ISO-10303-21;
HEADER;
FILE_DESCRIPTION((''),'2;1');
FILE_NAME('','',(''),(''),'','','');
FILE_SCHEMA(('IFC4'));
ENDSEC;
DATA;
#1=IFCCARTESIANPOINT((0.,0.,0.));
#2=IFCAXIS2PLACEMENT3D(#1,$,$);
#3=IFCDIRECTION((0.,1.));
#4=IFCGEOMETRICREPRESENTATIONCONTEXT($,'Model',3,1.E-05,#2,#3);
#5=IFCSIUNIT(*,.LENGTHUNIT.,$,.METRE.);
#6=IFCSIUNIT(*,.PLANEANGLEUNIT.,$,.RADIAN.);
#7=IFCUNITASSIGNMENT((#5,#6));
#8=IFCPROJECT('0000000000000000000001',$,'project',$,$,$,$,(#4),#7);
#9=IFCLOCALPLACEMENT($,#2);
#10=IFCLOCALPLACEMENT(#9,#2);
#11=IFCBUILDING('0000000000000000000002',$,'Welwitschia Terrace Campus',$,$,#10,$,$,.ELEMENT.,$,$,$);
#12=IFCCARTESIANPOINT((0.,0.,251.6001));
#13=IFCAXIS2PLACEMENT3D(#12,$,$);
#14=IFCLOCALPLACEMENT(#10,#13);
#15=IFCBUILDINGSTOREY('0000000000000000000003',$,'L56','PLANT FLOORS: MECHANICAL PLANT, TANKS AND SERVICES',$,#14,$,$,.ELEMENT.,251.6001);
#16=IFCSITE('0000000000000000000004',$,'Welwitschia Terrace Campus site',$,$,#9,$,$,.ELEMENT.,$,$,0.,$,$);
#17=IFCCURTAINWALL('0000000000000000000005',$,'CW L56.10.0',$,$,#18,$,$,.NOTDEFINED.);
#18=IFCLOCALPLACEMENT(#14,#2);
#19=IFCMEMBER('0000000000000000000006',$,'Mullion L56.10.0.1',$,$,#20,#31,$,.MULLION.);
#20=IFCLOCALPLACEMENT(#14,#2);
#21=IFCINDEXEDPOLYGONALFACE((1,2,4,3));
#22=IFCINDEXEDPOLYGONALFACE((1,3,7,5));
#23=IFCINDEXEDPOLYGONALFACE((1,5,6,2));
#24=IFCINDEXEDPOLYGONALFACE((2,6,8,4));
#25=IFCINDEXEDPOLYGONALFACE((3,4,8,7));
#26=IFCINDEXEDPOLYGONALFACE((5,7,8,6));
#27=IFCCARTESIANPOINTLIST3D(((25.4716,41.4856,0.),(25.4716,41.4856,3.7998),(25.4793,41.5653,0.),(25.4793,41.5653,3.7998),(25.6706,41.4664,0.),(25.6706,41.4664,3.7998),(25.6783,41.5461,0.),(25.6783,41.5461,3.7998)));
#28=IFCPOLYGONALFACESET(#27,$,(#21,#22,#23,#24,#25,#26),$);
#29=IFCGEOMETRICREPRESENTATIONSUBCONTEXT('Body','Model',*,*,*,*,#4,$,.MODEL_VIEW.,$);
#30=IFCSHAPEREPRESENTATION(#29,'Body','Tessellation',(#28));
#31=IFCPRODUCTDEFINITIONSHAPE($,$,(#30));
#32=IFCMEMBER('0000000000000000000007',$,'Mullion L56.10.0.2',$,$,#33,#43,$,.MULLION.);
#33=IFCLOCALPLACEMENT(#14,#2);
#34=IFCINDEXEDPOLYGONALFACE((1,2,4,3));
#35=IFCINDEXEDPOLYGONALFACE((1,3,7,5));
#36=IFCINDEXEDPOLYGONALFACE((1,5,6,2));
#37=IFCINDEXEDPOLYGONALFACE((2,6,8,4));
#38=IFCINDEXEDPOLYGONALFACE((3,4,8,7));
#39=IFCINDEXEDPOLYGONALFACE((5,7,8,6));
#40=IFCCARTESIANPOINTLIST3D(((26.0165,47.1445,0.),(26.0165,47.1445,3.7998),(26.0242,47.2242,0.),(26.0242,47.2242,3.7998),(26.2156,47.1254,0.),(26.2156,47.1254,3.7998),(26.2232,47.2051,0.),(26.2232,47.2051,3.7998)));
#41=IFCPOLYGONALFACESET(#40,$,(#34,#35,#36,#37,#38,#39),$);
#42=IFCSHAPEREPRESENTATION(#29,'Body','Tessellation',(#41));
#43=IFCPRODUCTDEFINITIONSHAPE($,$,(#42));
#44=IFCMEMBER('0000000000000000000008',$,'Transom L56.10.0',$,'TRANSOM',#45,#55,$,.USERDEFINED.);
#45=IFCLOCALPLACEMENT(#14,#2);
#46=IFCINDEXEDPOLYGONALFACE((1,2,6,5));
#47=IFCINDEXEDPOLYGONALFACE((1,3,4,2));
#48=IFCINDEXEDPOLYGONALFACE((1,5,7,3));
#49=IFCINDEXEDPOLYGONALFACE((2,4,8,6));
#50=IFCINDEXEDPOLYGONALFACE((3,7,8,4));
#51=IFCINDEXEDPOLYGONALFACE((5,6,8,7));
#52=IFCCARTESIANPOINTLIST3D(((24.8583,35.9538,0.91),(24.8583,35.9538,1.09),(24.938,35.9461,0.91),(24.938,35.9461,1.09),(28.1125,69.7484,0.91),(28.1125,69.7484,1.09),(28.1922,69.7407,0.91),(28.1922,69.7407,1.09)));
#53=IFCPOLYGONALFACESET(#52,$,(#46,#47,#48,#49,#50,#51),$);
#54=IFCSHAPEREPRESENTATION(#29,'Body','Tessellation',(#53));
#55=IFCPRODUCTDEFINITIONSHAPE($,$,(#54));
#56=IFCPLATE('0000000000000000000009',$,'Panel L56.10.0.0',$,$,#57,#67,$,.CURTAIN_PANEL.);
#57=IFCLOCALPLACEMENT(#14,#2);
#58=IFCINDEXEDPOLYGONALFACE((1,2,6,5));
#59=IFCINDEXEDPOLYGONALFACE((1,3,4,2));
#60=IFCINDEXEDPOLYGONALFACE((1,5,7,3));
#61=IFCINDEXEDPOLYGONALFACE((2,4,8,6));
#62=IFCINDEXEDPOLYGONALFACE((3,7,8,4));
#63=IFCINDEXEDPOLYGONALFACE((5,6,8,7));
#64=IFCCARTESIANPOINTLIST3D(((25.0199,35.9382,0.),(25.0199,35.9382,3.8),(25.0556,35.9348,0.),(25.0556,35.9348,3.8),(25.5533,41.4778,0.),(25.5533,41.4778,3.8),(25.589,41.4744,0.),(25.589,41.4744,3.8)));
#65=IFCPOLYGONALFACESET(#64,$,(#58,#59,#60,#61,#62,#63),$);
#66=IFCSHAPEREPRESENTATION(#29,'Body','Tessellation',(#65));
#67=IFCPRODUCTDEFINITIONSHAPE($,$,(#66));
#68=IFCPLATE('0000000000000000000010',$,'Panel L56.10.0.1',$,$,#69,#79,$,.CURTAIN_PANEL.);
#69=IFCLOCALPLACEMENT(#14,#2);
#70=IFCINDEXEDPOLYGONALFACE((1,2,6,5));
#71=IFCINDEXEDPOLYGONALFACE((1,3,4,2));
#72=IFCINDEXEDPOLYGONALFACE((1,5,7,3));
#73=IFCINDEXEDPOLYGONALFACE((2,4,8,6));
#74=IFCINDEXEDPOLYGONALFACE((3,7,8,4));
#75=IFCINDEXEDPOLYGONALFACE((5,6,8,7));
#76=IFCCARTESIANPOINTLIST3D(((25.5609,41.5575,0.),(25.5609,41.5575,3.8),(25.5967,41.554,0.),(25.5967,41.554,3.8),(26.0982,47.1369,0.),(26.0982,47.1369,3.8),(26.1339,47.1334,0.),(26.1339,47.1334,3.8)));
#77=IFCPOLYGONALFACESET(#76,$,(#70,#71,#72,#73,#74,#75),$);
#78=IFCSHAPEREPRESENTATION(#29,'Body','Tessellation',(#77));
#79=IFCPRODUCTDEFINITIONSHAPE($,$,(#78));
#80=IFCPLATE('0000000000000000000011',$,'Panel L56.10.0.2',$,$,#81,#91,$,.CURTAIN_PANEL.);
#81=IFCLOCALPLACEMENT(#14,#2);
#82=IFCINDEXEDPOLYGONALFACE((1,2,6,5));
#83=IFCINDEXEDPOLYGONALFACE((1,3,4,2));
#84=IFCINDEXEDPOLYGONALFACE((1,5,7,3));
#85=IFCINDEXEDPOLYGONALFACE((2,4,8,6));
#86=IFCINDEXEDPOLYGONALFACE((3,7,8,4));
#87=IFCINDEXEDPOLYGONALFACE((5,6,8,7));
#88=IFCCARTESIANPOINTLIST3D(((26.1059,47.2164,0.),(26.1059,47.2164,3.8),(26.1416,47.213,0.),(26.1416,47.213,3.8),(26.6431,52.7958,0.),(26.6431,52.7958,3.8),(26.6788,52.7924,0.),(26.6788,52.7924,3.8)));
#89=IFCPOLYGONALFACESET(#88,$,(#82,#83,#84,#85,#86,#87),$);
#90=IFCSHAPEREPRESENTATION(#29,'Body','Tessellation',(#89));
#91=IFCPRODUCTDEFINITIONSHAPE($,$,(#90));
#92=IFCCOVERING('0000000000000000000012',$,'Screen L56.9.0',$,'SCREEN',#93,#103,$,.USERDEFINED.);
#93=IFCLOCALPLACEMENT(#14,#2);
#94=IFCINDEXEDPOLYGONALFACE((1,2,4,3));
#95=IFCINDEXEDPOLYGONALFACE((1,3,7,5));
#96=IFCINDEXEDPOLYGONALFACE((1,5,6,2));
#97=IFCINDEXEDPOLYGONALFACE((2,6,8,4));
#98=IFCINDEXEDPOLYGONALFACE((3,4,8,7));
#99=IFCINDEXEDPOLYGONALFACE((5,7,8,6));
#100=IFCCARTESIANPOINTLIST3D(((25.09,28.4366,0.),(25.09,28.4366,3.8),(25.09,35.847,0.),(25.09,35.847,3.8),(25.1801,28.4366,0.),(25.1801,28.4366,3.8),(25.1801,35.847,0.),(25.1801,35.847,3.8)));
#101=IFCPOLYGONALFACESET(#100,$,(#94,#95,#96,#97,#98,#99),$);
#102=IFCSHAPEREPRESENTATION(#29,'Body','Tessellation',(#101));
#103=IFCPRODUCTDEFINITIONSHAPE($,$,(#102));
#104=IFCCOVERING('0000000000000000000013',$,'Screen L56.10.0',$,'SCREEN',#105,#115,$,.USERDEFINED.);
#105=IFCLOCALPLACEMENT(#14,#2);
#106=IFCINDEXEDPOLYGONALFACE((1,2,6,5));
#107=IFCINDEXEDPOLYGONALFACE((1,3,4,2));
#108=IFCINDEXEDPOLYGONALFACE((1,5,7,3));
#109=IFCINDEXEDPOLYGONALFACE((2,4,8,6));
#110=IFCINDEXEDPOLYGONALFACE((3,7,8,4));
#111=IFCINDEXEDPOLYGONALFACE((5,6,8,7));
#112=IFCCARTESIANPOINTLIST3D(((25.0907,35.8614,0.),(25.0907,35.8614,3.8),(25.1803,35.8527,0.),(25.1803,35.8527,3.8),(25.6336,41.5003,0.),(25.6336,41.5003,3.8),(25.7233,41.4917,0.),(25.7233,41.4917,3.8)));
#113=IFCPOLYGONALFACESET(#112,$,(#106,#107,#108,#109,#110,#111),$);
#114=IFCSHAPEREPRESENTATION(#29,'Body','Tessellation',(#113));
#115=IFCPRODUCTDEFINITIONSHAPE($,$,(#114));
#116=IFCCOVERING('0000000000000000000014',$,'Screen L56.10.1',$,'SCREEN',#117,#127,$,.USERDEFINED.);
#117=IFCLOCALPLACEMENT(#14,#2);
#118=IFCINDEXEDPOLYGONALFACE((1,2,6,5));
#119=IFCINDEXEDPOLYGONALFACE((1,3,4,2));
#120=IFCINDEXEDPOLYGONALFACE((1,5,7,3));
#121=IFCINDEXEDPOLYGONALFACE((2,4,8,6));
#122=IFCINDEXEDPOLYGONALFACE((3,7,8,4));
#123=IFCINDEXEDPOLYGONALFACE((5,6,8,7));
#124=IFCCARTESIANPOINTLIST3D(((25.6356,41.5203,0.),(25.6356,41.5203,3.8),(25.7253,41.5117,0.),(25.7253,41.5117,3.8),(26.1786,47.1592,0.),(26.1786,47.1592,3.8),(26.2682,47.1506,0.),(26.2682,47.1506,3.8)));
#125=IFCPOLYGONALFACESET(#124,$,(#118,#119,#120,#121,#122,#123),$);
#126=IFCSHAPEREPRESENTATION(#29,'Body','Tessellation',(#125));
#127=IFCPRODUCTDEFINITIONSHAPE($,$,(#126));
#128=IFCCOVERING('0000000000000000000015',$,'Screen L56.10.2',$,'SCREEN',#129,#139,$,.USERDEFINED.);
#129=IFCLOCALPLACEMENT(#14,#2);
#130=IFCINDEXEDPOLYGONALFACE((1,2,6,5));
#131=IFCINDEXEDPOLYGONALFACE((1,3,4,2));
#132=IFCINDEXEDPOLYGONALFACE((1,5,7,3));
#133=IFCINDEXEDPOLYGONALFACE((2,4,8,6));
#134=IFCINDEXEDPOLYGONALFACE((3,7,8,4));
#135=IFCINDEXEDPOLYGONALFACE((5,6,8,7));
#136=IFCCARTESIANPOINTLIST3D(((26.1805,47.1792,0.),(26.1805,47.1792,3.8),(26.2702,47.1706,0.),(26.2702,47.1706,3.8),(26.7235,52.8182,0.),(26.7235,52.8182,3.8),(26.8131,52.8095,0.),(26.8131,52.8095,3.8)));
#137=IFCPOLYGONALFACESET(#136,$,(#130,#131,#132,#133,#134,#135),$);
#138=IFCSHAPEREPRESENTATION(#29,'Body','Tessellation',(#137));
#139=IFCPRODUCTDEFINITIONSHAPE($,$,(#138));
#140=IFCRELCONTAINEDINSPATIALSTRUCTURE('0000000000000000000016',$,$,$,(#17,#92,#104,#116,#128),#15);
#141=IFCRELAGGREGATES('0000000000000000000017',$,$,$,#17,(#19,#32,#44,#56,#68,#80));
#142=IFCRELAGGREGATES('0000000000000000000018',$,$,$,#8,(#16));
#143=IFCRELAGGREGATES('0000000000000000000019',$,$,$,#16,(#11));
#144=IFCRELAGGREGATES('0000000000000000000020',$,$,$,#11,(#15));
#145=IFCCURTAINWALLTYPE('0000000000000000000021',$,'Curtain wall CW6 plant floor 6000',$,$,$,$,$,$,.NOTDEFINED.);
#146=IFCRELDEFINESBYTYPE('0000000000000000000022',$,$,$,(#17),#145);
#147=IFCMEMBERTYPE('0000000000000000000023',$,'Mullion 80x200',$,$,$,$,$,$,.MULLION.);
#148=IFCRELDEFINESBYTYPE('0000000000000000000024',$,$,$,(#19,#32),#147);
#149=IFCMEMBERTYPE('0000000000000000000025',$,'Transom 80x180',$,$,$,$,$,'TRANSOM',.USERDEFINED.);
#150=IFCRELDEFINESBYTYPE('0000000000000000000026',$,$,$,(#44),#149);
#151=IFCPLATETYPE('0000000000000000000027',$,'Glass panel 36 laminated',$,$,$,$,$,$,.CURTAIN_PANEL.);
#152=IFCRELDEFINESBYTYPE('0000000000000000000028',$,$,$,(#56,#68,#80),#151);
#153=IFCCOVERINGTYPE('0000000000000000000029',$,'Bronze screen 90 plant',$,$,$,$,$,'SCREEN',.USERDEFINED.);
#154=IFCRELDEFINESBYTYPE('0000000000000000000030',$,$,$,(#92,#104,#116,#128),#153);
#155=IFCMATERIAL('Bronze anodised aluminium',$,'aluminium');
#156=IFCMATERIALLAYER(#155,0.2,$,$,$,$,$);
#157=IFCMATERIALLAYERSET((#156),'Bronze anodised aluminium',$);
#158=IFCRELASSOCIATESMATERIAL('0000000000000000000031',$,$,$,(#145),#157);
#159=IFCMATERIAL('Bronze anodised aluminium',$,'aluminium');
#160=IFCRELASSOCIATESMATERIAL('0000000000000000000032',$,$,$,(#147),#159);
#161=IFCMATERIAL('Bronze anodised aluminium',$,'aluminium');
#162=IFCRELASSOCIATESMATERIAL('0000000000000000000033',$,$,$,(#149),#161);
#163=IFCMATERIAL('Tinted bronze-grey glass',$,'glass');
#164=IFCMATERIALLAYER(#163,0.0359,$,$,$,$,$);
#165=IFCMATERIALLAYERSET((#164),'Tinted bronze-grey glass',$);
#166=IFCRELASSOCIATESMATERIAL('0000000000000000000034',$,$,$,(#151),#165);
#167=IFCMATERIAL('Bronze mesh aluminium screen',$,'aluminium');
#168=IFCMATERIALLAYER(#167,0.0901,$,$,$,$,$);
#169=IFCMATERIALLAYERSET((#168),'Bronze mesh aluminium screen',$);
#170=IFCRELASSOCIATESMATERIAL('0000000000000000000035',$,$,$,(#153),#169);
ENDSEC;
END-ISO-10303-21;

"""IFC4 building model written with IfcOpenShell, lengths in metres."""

from ifc_helpers import new_model, si_unit, direction, frame, origin, origin_2d, place, context, subcontext, project, spatial, rectangle, extrude, material, layer, layer_set, material_profile, profile_set, type_object, element, aggregate, save


model = new_model("IFC4")

# Units and contexts
model_context = context("Model", 3, precision=1e-05, world=origin(), true_north=direction((0.0, 1.0)))
body_context = subcontext(model_context, "Body", "Model", "MODEL_VIEW")
ifc_project = project(units=[si_unit("LENGTHUNIT", "METRE"), si_unit("PLANEANGLEUNIT", "RADIAN")], contexts=[model_context])

# Site, building, storey
site_placement = place(None, origin())
site = spatial("IfcSite", under=ifc_project, at=site_placement, Name="Welwitschia Terrace Campus site", CompositionType="ELEMENT", RefElevation=0.0)
building_placement = place(site_placement, origin())
building = spatial("IfcBuilding", under=site, at=building_placement, Name="Welwitschia Terrace Campus", CompositionType="ELEMENT")
storey_placement = place(building_placement, frame((0.0, 0.0, 251.6001)))
storey = spatial("IfcBuildingStorey", under=building, at=storey_placement, Name="L56", Description="PLANT FLOORS: MECHANICAL PLANT, TANKS AND SERVICES", CompositionType="ELEMENT", Elevation=251.6001)

# Shared definitions
ifc_material_1 = material(Name="Bronze anodised aluminium", Category="aluminium")
ifc_layer_1 = layer(ifc_material_1, 0.2)
ifc_layer_set_1 = layer_set([ifc_layer_1], Name="Bronze anodised aluminium")
curtain_wall_type = type_object("IfcCurtainWallType", Name="Curtain wall CW6 plant floor 6000", PredefinedType="NOTDEFINED", material=ifc_layer_set_1)
ifc_material_2 = material(Name="Bronze anodised aluminium", Category="aluminium")
ifc_material_profile_1 = material_profile(ifc_material_2, rectangle(XDim=0.2, YDim=0.0801, at=origin_2d()))
ifc_profile_set_1 = profile_set([ifc_material_profile_1], Name="Bronze anodised aluminium")
member_type_1 = type_object("IfcMemberType", Name="Mullion 80x200", PredefinedType="MULLION", material=ifc_profile_set_1)

# Curtain wall, members, plates
curtain_wall_1_placement = place(storey_placement, origin())
curtain_wall_1 = element("IfcCurtainWall", 1, at=curtain_wall_1_placement, inside=storey, type_object=curtain_wall_type, Name="CW L56.10.0", PredefinedType="NOTDEFINED")
member_1_placement = place(storey_placement, frame((25.575, 41.5159, 0.0), z_axis=(0.0, 0.0, 1.0), x_axis=(-0.995396, 0.095846, 0.0)))
member_1 = element("IfcMember", 2, at=member_1_placement, type_object=member_type_1, Name="Mullion L56.10.0.1", PredefinedType="MULLION", context=body_context, shape_type="SweptSolid", body=[
    extrude(rectangle(XDim=0.2, YDim=0.0801, at=origin_2d()), origin(), (0.0, 0.0, 1.0), 3.7998),
])
member_2_placement = place(storey_placement, frame((26.1199, 47.1748, 0.0), z_axis=(0.0, 0.0, 1.0), x_axis=(-0.995396, 0.095846, 0.0)))
member_2 = element("IfcMember", 3, at=member_2_placement, type_object=member_type_1, Name="Mullion L56.10.0.2", PredefinedType="MULLION", context=body_context, shape_type="SweptSolid", body=[
    extrude(rectangle(XDim=0.2, YDim=0.0801, at=origin_2d()), origin(), (0.0, 0.0, 1.0), 3.7998),
])
ifc_material_3 = material(Name="Bronze anodised aluminium", Category="aluminium")
ifc_material_profile_2 = material_profile(ifc_material_3, rectangle(XDim=0.0801, YDim=0.1799, at=origin_2d()))
ifc_profile_set_2 = profile_set([ifc_material_profile_2], Name="Bronze anodised aluminium")
member_type_2 = type_object("IfcMemberType", Name="Transom 80x180", ElementType="TRANSOM", PredefinedType="USERDEFINED", material=ifc_profile_set_2)
member_3_placement = place(storey_placement, frame((24.8982, 35.95, 1.0), z_axis=(0.095848, 0.995396, 0.0), x_axis=(-0.995396, 0.095848, 0.0)))
member_3 = element("IfcMember", 4, at=member_3_placement, type_object=member_type_2, Name="Transom L56.10.0", ObjectType="TRANSOM", PredefinedType="USERDEFINED", context=body_context, shape_type="SweptSolid", body=[
    extrude(rectangle(XDim=0.0801, YDim=0.1799, at=origin_2d()), origin(), (0.0, 0.0, 1.0), 33.9509),
])
ifc_material_4 = material(Name="Tinted bronze-grey glass", Category="glass")
ifc_layer_2 = layer(ifc_material_4, 0.0359)
ifc_layer_set_2 = layer_set([ifc_layer_2], Name="Tinted bronze-grey glass")
plate_type = type_object("IfcPlateType", Name="Glass panel 36 laminated", PredefinedType="CURTAIN_PANEL", material=ifc_layer_set_2)
plate_1_placement = place(storey_placement, frame((25.3044, 38.7063, 0.0), z_axis=(0.0, 0.0, 1.0), x_axis=(0.095846, 0.995396, 0.0)))
plate_1 = element("IfcPlate", 5, at=plate_1_placement, type_object=plate_type, Name="Panel L56.10.0.0", PredefinedType="CURTAIN_PANEL", context=body_context, shape_type="SweptSolid", body=[
    extrude(rectangle(XDim=5.5652, YDim=0.0359, at=origin_2d()), origin(), (0.0, 0.0, 1.0), 3.8),
])
plate_2_placement = place(storey_placement, frame((25.8474, 44.3455, 0.0), z_axis=(0.0, 0.0, 1.0), x_axis=(0.095846, 0.995396, 0.0)))
plate_2 = element("IfcPlate", 6, at=plate_2_placement, type_object=plate_type, Name="Panel L56.10.0.1", PredefinedType="CURTAIN_PANEL", context=body_context, shape_type="SweptSolid", body=[
    extrude(rectangle(XDim=5.6052, YDim=0.0359, at=origin_2d()), origin(), (0.0, 0.0, 1.0), 3.8),
])
plate_3_placement = place(storey_placement, frame((26.3923, 50.0044, 0.0), z_axis=(0.0, 0.0, 1.0), x_axis=(0.095846, 0.995396, 0.0)))
plate_3 = element("IfcPlate", 7, at=plate_3_placement, type_object=plate_type, Name="Panel L56.10.0.2", PredefinedType="CURTAIN_PANEL", context=body_context, shape_type="SweptSolid", body=[
    extrude(rectangle(XDim=5.6052, YDim=0.0359, at=origin_2d()), origin(), (0.0, 0.0, 1.0), 3.8),
])
aggregate(curtain_wall_1, [member_1, member_2, member_3, plate_1, plate_2, plate_3])

# Coverings
ifc_material_5 = material(Name="Bronze mesh aluminium screen", Category="aluminium")
ifc_layer_3 = layer(ifc_material_5, 0.0901)
ifc_layer_set_3 = layer_set([ifc_layer_3], Name="Bronze mesh aluminium screen")
covering_type = type_object("IfcCoveringType", Name="Bronze screen 90 plant", ElementType="SCREEN", PredefinedType="USERDEFINED", material=ifc_layer_set_3)
covering_placement = place(storey_placement, frame((25.135, 32.1418, 0.0), z_axis=(0.0, 0.0, 1.0), x_axis=(0.0, 1.0, 0.0)))
element("IfcCovering", 8, at=covering_placement, inside=storey, type_object=covering_type, Name="Screen L56.9.0", ObjectType="SCREEN", PredefinedType="USERDEFINED", context=body_context, shape_type="SweptSolid", body=[
    extrude(rectangle(XDim=7.4104, YDim=0.0901, at=origin_2d()), origin(), (0.0, 0.0, 1.0), 3.8),
])
for number, where, z_axis, x_axis, name in (
    (9, (25.407, 38.6765, 0.0), (0.0, 0.0, 1.0), (0.095846, 0.995396, 0.0), "Screen L56.10.0"),
    (10, (25.9519, 44.3354, 0.0), (0.0, 0.0, 1.0), (0.095846, 0.995396, 0.0), "Screen L56.10.1"),
    (11, (26.4968, 49.9944, 0.0), (0.0, 0.0, 1.0), (0.095846, 0.995396, 0.0), "Screen L56.10.2"),
):
    element("IfcCovering", number, at=place(storey_placement, frame(where, z_axis=z_axis, x_axis=x_axis)), inside=storey, type_object=covering_type, Name=name, ObjectType="SCREEN", PredefinedType="USERDEFINED", context=body_context, shape_type="SweptSolid", body=[
        extrude(rectangle(XDim=5.665, YDim=0.0901, at=origin_2d()), origin(), (0.0, 0.0, 1.0), 3.8),
    ])

save(model, "model.ifc")
